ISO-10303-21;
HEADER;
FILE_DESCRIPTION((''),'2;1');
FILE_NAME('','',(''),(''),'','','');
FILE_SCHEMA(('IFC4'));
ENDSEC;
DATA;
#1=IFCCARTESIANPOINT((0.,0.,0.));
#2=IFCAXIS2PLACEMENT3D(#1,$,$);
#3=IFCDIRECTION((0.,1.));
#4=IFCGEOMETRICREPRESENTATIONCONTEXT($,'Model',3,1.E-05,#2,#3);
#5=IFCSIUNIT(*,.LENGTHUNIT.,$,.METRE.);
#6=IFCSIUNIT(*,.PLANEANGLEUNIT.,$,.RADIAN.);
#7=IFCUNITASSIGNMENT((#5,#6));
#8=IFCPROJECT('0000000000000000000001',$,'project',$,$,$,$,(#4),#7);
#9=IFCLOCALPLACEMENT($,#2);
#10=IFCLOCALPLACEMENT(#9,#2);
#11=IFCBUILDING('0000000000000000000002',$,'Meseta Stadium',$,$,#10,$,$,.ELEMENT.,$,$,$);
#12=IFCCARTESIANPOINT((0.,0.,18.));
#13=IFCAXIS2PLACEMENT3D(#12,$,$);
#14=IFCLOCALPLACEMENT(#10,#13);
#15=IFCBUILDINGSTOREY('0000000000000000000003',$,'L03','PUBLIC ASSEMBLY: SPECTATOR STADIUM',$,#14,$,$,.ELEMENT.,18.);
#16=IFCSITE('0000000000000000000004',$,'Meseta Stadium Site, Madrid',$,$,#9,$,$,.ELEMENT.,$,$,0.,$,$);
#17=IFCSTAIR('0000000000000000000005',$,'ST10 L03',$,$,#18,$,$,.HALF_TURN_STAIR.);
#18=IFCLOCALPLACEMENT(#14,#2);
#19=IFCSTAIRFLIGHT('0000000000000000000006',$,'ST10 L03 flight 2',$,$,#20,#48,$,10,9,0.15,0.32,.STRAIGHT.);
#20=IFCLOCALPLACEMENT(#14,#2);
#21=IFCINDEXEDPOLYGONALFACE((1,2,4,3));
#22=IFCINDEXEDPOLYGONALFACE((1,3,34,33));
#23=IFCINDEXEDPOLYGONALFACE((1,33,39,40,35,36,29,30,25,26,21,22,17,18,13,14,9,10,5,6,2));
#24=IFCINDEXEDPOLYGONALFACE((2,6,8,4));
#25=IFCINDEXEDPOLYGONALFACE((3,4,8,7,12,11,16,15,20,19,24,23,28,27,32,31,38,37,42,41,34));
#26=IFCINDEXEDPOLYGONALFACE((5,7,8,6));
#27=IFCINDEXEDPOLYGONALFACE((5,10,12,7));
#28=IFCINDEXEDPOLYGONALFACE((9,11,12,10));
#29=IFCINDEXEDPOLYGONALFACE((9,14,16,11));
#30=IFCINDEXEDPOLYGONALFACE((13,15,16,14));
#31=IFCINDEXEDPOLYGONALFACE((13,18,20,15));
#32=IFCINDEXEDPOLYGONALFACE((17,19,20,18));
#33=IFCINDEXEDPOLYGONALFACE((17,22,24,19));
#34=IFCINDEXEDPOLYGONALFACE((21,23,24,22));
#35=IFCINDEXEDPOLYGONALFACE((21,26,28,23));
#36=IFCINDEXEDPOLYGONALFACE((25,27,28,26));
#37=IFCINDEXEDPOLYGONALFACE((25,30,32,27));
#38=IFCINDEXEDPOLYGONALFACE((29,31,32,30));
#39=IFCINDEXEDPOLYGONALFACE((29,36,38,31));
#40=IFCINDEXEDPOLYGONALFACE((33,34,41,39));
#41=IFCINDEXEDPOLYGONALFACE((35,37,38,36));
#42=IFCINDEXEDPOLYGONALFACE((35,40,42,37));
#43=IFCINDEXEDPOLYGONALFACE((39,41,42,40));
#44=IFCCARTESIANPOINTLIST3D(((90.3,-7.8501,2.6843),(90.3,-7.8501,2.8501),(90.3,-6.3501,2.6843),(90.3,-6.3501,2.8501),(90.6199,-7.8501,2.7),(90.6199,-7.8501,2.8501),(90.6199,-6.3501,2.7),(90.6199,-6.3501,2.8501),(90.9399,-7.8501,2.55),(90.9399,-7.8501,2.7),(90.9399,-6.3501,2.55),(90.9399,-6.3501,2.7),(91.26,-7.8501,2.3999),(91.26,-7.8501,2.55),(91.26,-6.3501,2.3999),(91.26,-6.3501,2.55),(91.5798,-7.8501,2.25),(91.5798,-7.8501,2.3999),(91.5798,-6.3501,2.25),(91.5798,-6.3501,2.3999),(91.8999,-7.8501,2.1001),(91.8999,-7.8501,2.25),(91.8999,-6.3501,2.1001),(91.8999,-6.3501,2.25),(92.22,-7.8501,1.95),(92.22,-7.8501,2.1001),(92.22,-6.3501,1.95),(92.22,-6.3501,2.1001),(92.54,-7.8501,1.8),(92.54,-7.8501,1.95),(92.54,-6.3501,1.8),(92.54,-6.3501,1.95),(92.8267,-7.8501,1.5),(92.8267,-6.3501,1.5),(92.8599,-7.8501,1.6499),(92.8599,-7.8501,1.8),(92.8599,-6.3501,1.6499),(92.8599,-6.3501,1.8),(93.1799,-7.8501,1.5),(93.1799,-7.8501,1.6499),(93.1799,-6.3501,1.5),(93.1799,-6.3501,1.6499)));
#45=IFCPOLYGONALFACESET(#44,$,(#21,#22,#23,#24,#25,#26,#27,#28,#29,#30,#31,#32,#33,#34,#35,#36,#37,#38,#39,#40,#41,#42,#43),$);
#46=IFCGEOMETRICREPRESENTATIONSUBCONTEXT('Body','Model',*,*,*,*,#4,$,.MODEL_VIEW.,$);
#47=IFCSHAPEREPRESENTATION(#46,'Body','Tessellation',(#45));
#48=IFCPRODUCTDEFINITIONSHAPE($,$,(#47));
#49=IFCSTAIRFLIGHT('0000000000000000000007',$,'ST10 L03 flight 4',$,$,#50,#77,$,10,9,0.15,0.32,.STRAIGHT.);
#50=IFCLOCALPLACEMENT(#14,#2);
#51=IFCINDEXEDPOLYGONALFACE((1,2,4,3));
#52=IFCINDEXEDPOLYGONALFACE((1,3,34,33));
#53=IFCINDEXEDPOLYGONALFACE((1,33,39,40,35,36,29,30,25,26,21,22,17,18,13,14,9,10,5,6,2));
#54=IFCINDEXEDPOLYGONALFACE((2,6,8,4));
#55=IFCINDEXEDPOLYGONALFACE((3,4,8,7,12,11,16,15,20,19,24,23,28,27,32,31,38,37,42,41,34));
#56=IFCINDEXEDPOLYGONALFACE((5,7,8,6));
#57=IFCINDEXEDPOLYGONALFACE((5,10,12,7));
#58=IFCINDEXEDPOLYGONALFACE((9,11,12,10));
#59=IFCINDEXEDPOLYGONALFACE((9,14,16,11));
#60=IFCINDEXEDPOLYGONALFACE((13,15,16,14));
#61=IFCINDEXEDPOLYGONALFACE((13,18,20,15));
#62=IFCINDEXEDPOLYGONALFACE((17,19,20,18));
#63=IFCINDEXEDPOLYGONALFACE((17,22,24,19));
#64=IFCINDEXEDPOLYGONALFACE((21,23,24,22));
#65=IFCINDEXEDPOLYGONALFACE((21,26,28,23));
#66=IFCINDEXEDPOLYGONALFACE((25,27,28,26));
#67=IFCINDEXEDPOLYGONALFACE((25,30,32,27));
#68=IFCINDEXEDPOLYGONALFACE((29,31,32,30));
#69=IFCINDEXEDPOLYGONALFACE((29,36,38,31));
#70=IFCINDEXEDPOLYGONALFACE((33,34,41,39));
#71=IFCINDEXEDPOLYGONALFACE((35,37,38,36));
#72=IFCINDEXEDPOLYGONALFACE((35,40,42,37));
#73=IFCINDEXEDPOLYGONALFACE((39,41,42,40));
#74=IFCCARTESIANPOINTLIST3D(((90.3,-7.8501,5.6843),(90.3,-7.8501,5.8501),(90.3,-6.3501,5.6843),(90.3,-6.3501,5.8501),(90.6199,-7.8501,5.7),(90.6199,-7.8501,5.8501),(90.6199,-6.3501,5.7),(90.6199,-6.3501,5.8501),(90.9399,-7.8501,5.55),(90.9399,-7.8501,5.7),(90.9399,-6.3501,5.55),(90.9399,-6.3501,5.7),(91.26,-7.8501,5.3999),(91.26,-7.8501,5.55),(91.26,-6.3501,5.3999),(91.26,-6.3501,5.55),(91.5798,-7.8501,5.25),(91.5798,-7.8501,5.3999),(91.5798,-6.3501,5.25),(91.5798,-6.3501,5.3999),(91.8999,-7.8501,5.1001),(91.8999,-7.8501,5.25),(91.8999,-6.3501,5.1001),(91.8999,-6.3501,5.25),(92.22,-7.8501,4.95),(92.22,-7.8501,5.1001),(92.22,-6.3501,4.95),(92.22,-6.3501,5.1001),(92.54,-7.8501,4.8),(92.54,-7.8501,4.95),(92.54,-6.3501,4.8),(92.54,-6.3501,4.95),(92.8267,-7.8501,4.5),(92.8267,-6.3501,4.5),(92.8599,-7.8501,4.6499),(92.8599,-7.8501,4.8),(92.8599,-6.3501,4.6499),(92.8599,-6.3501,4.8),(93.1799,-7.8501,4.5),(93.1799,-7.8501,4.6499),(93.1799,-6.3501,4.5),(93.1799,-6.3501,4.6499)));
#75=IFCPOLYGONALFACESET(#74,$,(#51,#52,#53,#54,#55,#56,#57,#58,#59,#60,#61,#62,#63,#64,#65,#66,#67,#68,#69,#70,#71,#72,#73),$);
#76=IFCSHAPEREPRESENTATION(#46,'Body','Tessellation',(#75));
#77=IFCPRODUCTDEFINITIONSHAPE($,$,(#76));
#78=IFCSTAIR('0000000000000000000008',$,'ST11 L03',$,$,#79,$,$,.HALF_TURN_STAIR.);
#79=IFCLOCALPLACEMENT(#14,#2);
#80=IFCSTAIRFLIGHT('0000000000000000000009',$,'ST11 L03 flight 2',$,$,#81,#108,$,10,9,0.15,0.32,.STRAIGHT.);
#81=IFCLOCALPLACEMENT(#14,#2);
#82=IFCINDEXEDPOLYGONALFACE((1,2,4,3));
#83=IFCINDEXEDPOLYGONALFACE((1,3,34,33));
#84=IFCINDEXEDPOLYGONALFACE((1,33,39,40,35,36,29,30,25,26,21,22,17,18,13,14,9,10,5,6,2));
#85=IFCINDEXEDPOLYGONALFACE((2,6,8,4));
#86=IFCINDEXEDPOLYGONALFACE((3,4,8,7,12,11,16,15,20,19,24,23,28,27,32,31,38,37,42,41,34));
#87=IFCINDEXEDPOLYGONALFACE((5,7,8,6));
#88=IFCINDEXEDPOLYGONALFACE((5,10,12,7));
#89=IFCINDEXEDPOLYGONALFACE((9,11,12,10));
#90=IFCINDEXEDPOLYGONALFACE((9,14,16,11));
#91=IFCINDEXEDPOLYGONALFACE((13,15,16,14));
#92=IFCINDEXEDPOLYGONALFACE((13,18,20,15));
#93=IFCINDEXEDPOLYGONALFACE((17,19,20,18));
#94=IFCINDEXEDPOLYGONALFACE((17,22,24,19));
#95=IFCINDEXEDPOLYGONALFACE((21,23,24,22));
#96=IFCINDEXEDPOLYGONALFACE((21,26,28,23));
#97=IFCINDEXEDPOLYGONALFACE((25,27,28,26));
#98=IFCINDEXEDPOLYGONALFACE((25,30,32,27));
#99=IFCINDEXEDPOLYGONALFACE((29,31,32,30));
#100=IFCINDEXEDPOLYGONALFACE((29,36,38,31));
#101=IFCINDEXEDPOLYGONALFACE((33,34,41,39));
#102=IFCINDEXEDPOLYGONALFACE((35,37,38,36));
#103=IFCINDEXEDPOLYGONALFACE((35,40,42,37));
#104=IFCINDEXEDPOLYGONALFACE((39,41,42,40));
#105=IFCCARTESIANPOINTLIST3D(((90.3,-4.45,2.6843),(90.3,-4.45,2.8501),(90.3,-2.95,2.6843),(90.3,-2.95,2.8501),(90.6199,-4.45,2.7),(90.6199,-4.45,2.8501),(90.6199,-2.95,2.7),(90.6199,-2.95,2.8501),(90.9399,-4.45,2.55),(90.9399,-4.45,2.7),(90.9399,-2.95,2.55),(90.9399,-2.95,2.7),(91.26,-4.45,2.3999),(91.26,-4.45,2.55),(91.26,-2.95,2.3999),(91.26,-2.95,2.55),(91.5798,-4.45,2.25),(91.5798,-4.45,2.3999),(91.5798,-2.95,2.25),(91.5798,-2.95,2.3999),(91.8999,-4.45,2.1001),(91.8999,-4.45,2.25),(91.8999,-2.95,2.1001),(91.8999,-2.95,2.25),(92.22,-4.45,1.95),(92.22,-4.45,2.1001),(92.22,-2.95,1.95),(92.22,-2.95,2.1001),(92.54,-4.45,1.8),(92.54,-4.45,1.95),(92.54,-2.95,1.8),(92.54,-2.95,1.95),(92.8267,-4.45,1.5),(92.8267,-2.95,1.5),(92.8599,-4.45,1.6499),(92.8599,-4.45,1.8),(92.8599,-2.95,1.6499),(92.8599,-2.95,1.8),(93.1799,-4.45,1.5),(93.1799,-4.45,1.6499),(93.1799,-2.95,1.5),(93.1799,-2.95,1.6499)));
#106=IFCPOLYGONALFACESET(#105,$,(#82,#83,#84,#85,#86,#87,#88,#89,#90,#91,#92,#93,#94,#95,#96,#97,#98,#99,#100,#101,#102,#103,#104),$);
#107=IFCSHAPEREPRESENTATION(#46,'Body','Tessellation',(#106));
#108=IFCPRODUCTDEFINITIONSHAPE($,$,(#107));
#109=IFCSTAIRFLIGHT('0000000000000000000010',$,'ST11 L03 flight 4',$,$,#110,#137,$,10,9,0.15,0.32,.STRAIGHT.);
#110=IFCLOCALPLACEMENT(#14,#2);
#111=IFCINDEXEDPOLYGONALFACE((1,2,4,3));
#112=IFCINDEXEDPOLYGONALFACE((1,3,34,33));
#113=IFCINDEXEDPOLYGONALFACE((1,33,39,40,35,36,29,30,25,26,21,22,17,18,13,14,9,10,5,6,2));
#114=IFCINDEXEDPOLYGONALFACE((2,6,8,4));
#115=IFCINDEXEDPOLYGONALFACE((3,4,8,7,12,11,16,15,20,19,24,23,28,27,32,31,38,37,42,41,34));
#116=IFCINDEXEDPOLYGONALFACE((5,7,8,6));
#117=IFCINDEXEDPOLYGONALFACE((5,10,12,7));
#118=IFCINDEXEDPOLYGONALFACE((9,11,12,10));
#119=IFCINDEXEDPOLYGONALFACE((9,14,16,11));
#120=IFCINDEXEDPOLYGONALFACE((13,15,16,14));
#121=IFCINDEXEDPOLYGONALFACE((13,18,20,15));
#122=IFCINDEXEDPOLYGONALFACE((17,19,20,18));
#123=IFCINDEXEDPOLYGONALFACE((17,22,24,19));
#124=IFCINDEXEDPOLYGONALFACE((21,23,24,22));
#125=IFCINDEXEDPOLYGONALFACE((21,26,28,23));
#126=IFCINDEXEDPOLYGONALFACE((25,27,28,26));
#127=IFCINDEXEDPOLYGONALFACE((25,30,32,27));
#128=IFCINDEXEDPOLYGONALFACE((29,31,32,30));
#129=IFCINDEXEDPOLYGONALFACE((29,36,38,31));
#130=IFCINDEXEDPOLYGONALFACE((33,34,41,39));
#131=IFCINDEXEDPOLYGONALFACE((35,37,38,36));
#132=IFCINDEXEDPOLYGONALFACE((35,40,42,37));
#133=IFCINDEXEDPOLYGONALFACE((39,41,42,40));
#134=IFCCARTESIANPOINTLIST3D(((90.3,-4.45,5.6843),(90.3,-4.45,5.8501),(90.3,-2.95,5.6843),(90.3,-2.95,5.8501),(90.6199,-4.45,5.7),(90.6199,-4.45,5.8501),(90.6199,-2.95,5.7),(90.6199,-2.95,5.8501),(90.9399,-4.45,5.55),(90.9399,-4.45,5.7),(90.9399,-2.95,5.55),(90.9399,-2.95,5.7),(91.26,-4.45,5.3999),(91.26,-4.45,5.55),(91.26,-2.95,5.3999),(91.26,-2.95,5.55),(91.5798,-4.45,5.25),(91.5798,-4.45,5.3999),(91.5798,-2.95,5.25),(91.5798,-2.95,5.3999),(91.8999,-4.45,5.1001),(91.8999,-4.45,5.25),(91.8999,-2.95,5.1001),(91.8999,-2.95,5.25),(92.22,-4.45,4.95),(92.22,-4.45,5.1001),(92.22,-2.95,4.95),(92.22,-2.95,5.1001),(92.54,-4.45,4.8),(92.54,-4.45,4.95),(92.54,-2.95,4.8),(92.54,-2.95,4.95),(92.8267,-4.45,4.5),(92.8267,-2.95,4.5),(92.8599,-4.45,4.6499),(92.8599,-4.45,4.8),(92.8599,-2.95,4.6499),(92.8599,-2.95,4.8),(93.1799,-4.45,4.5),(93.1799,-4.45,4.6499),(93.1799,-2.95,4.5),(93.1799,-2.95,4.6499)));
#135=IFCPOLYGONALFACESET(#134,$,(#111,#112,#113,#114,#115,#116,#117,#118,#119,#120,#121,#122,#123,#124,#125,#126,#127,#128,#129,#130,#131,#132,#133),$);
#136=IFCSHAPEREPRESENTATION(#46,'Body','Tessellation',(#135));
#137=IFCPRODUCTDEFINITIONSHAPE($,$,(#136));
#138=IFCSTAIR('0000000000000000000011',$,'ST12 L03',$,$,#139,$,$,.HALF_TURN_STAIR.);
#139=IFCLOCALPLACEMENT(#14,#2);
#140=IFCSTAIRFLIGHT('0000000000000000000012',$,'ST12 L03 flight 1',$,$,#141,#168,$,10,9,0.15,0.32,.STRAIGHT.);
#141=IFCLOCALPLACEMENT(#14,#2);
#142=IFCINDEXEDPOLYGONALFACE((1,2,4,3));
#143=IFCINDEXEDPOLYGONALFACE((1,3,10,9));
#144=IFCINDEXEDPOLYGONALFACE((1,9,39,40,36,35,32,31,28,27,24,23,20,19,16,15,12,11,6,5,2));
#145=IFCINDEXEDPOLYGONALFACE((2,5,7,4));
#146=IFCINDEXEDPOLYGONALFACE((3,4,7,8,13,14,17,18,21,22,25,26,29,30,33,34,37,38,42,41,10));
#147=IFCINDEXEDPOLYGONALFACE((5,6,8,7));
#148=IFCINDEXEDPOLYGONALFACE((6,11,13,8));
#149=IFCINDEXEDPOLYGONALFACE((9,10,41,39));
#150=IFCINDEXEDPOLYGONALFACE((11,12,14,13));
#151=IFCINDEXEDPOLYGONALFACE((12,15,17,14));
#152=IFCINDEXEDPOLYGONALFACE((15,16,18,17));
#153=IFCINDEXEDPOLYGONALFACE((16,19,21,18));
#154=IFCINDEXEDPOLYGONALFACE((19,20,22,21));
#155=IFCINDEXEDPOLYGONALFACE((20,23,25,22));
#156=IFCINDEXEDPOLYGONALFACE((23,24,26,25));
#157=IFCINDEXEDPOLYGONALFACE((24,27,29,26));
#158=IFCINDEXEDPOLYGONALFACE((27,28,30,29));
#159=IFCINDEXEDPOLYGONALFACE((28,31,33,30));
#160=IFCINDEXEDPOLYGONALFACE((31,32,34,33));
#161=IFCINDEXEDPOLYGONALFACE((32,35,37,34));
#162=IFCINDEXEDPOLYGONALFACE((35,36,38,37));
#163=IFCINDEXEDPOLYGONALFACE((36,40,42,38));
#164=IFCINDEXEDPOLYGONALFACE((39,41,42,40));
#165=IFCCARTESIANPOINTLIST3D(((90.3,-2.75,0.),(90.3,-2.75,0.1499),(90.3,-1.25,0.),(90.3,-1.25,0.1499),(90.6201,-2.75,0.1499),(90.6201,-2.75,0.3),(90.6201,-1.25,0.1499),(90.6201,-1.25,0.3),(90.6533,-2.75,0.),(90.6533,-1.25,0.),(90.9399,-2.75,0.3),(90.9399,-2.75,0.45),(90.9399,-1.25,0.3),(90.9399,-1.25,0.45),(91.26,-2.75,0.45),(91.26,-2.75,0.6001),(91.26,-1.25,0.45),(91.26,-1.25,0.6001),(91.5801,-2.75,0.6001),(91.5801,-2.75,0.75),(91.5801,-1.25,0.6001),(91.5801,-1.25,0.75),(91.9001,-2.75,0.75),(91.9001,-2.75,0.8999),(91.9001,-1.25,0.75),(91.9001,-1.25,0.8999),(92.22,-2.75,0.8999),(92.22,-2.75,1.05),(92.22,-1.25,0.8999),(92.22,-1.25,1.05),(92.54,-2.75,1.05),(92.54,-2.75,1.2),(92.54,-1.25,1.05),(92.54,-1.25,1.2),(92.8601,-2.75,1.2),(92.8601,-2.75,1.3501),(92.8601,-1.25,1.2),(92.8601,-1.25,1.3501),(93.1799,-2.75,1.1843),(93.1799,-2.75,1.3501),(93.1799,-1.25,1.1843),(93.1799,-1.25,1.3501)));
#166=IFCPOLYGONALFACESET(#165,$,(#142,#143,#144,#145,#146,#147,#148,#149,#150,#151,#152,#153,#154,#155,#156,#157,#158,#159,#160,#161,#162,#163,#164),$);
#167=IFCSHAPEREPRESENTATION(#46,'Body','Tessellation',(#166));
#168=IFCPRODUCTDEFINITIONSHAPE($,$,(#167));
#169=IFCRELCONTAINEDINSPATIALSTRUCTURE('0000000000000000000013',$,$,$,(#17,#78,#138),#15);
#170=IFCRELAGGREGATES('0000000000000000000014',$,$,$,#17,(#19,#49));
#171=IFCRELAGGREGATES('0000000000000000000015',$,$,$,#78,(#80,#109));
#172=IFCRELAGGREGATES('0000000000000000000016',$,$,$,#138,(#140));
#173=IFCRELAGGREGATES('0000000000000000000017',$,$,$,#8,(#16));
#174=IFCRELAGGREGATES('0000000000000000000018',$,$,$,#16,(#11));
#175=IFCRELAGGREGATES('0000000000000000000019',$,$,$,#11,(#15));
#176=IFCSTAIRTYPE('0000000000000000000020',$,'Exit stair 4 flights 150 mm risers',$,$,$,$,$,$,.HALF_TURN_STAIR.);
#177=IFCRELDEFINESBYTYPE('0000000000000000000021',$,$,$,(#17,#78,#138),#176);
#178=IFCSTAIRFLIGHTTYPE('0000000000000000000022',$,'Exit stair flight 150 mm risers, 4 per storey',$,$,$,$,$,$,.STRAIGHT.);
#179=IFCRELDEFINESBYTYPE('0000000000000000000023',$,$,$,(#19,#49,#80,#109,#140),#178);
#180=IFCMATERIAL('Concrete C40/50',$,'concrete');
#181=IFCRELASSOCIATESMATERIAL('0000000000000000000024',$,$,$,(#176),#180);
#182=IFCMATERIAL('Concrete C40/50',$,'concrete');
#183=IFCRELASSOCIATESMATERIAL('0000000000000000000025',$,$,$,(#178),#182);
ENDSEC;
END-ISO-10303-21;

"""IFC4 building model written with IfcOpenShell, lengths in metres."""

from ifc_helpers import new_model, si_unit, direction, frame, origin, place, context, subcontext, project, spatial, polyline, outline, extrude, material, type_object, element, aggregate, save


model = new_model("IFC4")

# Units and contexts
model_context = context("Model", 3, precision=1e-05, world=origin(), true_north=direction((0.0, 1.0)))
body_context = subcontext(model_context, "Body", "Model", "MODEL_VIEW")
ifc_project = project(units=[si_unit("LENGTHUNIT", "METRE"), si_unit("PLANEANGLEUNIT", "RADIAN")], contexts=[model_context])

# Site, building, storey
site_placement = place(None, origin())
site = spatial("IfcSite", under=ifc_project, at=site_placement, Name="Meseta Stadium Site, Madrid", CompositionType="ELEMENT", RefElevation=0.0)
building_placement = place(site_placement, origin())
building = spatial("IfcBuilding", under=site, at=building_placement, Name="Meseta Stadium", CompositionType="ELEMENT")
storey_placement = place(building_placement, frame((0.0, 0.0, 18.0)))
storey = spatial("IfcBuildingStorey", under=building, at=storey_placement, Name="L03", Description="PUBLIC ASSEMBLY: SPECTATOR STADIUM", CompositionType="ELEMENT", Elevation=18.0)

# Stairs, stair flights
ifc_material_1 = material(Name="Concrete C40/50", Category="concrete")
stair_type = type_object("IfcStairType", Name="Exit stair 4 flights 150 mm risers", PredefinedType="HALF_TURN_STAIR", material=ifc_material_1)
stair_1_placement = place(storey_placement, origin())
stair_1 = element("IfcStair", 1, at=stair_1_placement, inside=storey, type_object=stair_type, Name="ST10 L03", PredefinedType="HALF_TURN_STAIR")
ifc_material_2 = material(Name="Concrete C40/50", Category="concrete")
stair_flight_type = type_object("IfcStairFlightType", Name="Exit stair flight 150 mm risers, 4 per storey", PredefinedType="STRAIGHT", material=ifc_material_2)
stair_flight_1_placement = place(storey_placement, frame((93.1799, -7.1001, 1.5), z_axis=(0.0, 0.0, 1.0), x_axis=(-1.0, 0.0, 0.0)))
stair_flight_1 = element("IfcStairFlight", 2, at=stair_flight_1_placement, type_object=stair_flight_type, Name="ST10 L03 flight 2", NumberOfRisers=10, NumberOfTreads=9, PredefinedType="STRAIGHT", RiserHeight=0.15, TreadLength=0.32, context=body_context, shape_type="SweptSolid", body=[
    extrude(outline(polyline([(0.0, 0.0), (0.0, 0.1499), (0.3201, 0.1499), (0.3201, 0.3), (0.6399, 0.3), (0.6399, 0.45), (0.96, 0.45), (0.96, 0.6001), (1.28, 0.6001), (1.28, 0.75), (1.6001, 0.75), (1.6001, 0.8999), (1.9199, 0.8999), (1.9199, 1.05), (2.24, 1.05), (2.24, 1.2), (2.5601, 1.2), (2.5601, 1.3501), (2.8799, 1.3501), (2.8799, 1.1843), (0.3533, 0.0), (0.0, 0.0)])), frame((0.0, 0.75, 0.0), z_axis=(0.0, -1.0, 0.0), x_axis=(1.0, 0.0, 0.0)), (0.0, 0.0, 1.0), 1.5),
])
stair_flight_2_placement = place(storey_placement, frame((93.1799, -7.1001, 4.5), z_axis=(0.0, 0.0, 1.0), x_axis=(-1.0, 0.0, 0.0)))
stair_flight_2 = element("IfcStairFlight", 3, at=stair_flight_2_placement, type_object=stair_flight_type, Name="ST10 L03 flight 4", NumberOfRisers=10, NumberOfTreads=9, PredefinedType="STRAIGHT", RiserHeight=0.15, TreadLength=0.32, context=body_context, shape_type="SweptSolid", body=[
    extrude(outline(polyline([(0.0, 0.0), (0.0, 0.1499), (0.3201, 0.1499), (0.3201, 0.3), (0.6399, 0.3), (0.6399, 0.45), (0.96, 0.45), (0.96, 0.6001), (1.28, 0.6001), (1.28, 0.75), (1.6001, 0.75), (1.6001, 0.8999), (1.9199, 0.8999), (1.9199, 1.05), (2.24, 1.05), (2.24, 1.2), (2.5601, 1.2), (2.5601, 1.3501), (2.8799, 1.3501), (2.8799, 1.1843), (0.3533, 0.0), (0.0, 0.0)])), frame((0.0, 0.75, 0.0), z_axis=(0.0, -1.0, 0.0), x_axis=(1.0, 0.0, 0.0)), (0.0, 0.0, 1.0), 1.5),
])
aggregate(stair_1, [stair_flight_1, stair_flight_2])
stair_2_placement = place(storey_placement, origin())
stair_2 = element("IfcStair", 4, at=stair_2_placement, inside=storey, type_object=stair_type, Name="ST11 L03", PredefinedType="HALF_TURN_STAIR")
stair_flight_3_placement = place(storey_placement, frame((93.1799, -3.7, 1.5), z_axis=(0.0, 0.0, 1.0), x_axis=(-1.0, 0.0, 0.0)))
stair_flight_3 = element("IfcStairFlight", 5, at=stair_flight_3_placement, type_object=stair_flight_type, Name="ST11 L03 flight 2", NumberOfRisers=10, NumberOfTreads=9, PredefinedType="STRAIGHT", RiserHeight=0.15, TreadLength=0.32, context=body_context, shape_type="SweptSolid", body=[
    extrude(outline(polyline([(0.0, 0.0), (0.0, 0.1499), (0.3201, 0.1499), (0.3201, 0.3), (0.6399, 0.3), (0.6399, 0.45), (0.96, 0.45), (0.96, 0.6001), (1.28, 0.6001), (1.28, 0.75), (1.6001, 0.75), (1.6001, 0.8999), (1.9199, 0.8999), (1.9199, 1.05), (2.24, 1.05), (2.24, 1.2), (2.5601, 1.2), (2.5601, 1.3501), (2.8799, 1.3501), (2.8799, 1.1843), (0.3533, 0.0), (0.0, 0.0)])), frame((0.0, 0.75, 0.0), z_axis=(0.0, -1.0, 0.0), x_axis=(1.0, 0.0, 0.0)), (0.0, 0.0, 1.0), 1.5),
])
stair_flight_4_placement = place(storey_placement, frame((93.1799, -3.7, 4.5), z_axis=(0.0, 0.0, 1.0), x_axis=(-1.0, 0.0, 0.0)))
stair_flight_4 = element("IfcStairFlight", 6, at=stair_flight_4_placement, type_object=stair_flight_type, Name="ST11 L03 flight 4", NumberOfRisers=10, NumberOfTreads=9, PredefinedType="STRAIGHT", RiserHeight=0.15, TreadLength=0.32, context=body_context, shape_type="SweptSolid", body=[
    extrude(outline(polyline([(0.0, 0.0), (0.0, 0.1499), (0.3201, 0.1499), (0.3201, 0.3), (0.6399, 0.3), (0.6399, 0.45), (0.96, 0.45), (0.96, 0.6001), (1.28, 0.6001), (1.28, 0.75), (1.6001, 0.75), (1.6001, 0.8999), (1.9199, 0.8999), (1.9199, 1.05), (2.24, 1.05), (2.24, 1.2), (2.5601, 1.2), (2.5601, 1.3501), (2.8799, 1.3501), (2.8799, 1.1843), (0.3533, 0.0), (0.0, 0.0)])), frame((0.0, 0.75, 0.0), z_axis=(0.0, -1.0, 0.0), x_axis=(1.0, 0.0, 0.0)), (0.0, 0.0, 1.0), 1.5),
])
aggregate(stair_2, [stair_flight_3, stair_flight_4])
stair_3_placement = place(storey_placement, origin())
stair_3 = element("IfcStair", 7, at=stair_3_placement, inside=storey, type_object=stair_type, Name="ST12 L03", PredefinedType="HALF_TURN_STAIR")
stair_flight_5_placement = place(storey_placement, frame((90.3, -2.0, 0.0), z_axis=(0.0, 0.0, 1.0), x_axis=(1.0, 0.0, 0.0)))
stair_flight_5 = element("IfcStairFlight", 8, at=stair_flight_5_placement, type_object=stair_flight_type, Name="ST12 L03 flight 1", NumberOfRisers=10, NumberOfTreads=9, PredefinedType="STRAIGHT", RiserHeight=0.15, TreadLength=0.32, context=body_context, shape_type="SweptSolid", body=[
    extrude(outline(polyline([(0.0, 0.0), (0.0, 0.1499), (0.3201, 0.1499), (0.3201, 0.3), (0.6399, 0.3), (0.6399, 0.45), (0.96, 0.45), (0.96, 0.6001), (1.28, 0.6001), (1.28, 0.75), (1.6001, 0.75), (1.6001, 0.8999), (1.9199, 0.8999), (1.9199, 1.05), (2.24, 1.05), (2.24, 1.2), (2.5601, 1.2), (2.5601, 1.3501), (2.8799, 1.3501), (2.8799, 1.1843), (0.3533, 0.0), (0.0, 0.0)])), frame((0.0, 0.75, 0.0), z_axis=(0.0, -1.0, 0.0), x_axis=(1.0, 0.0, 0.0)), (0.0, 0.0, 1.0), 1.5),
])
aggregate(stair_3, [stair_flight_5])

save(model, "model.ifc")
